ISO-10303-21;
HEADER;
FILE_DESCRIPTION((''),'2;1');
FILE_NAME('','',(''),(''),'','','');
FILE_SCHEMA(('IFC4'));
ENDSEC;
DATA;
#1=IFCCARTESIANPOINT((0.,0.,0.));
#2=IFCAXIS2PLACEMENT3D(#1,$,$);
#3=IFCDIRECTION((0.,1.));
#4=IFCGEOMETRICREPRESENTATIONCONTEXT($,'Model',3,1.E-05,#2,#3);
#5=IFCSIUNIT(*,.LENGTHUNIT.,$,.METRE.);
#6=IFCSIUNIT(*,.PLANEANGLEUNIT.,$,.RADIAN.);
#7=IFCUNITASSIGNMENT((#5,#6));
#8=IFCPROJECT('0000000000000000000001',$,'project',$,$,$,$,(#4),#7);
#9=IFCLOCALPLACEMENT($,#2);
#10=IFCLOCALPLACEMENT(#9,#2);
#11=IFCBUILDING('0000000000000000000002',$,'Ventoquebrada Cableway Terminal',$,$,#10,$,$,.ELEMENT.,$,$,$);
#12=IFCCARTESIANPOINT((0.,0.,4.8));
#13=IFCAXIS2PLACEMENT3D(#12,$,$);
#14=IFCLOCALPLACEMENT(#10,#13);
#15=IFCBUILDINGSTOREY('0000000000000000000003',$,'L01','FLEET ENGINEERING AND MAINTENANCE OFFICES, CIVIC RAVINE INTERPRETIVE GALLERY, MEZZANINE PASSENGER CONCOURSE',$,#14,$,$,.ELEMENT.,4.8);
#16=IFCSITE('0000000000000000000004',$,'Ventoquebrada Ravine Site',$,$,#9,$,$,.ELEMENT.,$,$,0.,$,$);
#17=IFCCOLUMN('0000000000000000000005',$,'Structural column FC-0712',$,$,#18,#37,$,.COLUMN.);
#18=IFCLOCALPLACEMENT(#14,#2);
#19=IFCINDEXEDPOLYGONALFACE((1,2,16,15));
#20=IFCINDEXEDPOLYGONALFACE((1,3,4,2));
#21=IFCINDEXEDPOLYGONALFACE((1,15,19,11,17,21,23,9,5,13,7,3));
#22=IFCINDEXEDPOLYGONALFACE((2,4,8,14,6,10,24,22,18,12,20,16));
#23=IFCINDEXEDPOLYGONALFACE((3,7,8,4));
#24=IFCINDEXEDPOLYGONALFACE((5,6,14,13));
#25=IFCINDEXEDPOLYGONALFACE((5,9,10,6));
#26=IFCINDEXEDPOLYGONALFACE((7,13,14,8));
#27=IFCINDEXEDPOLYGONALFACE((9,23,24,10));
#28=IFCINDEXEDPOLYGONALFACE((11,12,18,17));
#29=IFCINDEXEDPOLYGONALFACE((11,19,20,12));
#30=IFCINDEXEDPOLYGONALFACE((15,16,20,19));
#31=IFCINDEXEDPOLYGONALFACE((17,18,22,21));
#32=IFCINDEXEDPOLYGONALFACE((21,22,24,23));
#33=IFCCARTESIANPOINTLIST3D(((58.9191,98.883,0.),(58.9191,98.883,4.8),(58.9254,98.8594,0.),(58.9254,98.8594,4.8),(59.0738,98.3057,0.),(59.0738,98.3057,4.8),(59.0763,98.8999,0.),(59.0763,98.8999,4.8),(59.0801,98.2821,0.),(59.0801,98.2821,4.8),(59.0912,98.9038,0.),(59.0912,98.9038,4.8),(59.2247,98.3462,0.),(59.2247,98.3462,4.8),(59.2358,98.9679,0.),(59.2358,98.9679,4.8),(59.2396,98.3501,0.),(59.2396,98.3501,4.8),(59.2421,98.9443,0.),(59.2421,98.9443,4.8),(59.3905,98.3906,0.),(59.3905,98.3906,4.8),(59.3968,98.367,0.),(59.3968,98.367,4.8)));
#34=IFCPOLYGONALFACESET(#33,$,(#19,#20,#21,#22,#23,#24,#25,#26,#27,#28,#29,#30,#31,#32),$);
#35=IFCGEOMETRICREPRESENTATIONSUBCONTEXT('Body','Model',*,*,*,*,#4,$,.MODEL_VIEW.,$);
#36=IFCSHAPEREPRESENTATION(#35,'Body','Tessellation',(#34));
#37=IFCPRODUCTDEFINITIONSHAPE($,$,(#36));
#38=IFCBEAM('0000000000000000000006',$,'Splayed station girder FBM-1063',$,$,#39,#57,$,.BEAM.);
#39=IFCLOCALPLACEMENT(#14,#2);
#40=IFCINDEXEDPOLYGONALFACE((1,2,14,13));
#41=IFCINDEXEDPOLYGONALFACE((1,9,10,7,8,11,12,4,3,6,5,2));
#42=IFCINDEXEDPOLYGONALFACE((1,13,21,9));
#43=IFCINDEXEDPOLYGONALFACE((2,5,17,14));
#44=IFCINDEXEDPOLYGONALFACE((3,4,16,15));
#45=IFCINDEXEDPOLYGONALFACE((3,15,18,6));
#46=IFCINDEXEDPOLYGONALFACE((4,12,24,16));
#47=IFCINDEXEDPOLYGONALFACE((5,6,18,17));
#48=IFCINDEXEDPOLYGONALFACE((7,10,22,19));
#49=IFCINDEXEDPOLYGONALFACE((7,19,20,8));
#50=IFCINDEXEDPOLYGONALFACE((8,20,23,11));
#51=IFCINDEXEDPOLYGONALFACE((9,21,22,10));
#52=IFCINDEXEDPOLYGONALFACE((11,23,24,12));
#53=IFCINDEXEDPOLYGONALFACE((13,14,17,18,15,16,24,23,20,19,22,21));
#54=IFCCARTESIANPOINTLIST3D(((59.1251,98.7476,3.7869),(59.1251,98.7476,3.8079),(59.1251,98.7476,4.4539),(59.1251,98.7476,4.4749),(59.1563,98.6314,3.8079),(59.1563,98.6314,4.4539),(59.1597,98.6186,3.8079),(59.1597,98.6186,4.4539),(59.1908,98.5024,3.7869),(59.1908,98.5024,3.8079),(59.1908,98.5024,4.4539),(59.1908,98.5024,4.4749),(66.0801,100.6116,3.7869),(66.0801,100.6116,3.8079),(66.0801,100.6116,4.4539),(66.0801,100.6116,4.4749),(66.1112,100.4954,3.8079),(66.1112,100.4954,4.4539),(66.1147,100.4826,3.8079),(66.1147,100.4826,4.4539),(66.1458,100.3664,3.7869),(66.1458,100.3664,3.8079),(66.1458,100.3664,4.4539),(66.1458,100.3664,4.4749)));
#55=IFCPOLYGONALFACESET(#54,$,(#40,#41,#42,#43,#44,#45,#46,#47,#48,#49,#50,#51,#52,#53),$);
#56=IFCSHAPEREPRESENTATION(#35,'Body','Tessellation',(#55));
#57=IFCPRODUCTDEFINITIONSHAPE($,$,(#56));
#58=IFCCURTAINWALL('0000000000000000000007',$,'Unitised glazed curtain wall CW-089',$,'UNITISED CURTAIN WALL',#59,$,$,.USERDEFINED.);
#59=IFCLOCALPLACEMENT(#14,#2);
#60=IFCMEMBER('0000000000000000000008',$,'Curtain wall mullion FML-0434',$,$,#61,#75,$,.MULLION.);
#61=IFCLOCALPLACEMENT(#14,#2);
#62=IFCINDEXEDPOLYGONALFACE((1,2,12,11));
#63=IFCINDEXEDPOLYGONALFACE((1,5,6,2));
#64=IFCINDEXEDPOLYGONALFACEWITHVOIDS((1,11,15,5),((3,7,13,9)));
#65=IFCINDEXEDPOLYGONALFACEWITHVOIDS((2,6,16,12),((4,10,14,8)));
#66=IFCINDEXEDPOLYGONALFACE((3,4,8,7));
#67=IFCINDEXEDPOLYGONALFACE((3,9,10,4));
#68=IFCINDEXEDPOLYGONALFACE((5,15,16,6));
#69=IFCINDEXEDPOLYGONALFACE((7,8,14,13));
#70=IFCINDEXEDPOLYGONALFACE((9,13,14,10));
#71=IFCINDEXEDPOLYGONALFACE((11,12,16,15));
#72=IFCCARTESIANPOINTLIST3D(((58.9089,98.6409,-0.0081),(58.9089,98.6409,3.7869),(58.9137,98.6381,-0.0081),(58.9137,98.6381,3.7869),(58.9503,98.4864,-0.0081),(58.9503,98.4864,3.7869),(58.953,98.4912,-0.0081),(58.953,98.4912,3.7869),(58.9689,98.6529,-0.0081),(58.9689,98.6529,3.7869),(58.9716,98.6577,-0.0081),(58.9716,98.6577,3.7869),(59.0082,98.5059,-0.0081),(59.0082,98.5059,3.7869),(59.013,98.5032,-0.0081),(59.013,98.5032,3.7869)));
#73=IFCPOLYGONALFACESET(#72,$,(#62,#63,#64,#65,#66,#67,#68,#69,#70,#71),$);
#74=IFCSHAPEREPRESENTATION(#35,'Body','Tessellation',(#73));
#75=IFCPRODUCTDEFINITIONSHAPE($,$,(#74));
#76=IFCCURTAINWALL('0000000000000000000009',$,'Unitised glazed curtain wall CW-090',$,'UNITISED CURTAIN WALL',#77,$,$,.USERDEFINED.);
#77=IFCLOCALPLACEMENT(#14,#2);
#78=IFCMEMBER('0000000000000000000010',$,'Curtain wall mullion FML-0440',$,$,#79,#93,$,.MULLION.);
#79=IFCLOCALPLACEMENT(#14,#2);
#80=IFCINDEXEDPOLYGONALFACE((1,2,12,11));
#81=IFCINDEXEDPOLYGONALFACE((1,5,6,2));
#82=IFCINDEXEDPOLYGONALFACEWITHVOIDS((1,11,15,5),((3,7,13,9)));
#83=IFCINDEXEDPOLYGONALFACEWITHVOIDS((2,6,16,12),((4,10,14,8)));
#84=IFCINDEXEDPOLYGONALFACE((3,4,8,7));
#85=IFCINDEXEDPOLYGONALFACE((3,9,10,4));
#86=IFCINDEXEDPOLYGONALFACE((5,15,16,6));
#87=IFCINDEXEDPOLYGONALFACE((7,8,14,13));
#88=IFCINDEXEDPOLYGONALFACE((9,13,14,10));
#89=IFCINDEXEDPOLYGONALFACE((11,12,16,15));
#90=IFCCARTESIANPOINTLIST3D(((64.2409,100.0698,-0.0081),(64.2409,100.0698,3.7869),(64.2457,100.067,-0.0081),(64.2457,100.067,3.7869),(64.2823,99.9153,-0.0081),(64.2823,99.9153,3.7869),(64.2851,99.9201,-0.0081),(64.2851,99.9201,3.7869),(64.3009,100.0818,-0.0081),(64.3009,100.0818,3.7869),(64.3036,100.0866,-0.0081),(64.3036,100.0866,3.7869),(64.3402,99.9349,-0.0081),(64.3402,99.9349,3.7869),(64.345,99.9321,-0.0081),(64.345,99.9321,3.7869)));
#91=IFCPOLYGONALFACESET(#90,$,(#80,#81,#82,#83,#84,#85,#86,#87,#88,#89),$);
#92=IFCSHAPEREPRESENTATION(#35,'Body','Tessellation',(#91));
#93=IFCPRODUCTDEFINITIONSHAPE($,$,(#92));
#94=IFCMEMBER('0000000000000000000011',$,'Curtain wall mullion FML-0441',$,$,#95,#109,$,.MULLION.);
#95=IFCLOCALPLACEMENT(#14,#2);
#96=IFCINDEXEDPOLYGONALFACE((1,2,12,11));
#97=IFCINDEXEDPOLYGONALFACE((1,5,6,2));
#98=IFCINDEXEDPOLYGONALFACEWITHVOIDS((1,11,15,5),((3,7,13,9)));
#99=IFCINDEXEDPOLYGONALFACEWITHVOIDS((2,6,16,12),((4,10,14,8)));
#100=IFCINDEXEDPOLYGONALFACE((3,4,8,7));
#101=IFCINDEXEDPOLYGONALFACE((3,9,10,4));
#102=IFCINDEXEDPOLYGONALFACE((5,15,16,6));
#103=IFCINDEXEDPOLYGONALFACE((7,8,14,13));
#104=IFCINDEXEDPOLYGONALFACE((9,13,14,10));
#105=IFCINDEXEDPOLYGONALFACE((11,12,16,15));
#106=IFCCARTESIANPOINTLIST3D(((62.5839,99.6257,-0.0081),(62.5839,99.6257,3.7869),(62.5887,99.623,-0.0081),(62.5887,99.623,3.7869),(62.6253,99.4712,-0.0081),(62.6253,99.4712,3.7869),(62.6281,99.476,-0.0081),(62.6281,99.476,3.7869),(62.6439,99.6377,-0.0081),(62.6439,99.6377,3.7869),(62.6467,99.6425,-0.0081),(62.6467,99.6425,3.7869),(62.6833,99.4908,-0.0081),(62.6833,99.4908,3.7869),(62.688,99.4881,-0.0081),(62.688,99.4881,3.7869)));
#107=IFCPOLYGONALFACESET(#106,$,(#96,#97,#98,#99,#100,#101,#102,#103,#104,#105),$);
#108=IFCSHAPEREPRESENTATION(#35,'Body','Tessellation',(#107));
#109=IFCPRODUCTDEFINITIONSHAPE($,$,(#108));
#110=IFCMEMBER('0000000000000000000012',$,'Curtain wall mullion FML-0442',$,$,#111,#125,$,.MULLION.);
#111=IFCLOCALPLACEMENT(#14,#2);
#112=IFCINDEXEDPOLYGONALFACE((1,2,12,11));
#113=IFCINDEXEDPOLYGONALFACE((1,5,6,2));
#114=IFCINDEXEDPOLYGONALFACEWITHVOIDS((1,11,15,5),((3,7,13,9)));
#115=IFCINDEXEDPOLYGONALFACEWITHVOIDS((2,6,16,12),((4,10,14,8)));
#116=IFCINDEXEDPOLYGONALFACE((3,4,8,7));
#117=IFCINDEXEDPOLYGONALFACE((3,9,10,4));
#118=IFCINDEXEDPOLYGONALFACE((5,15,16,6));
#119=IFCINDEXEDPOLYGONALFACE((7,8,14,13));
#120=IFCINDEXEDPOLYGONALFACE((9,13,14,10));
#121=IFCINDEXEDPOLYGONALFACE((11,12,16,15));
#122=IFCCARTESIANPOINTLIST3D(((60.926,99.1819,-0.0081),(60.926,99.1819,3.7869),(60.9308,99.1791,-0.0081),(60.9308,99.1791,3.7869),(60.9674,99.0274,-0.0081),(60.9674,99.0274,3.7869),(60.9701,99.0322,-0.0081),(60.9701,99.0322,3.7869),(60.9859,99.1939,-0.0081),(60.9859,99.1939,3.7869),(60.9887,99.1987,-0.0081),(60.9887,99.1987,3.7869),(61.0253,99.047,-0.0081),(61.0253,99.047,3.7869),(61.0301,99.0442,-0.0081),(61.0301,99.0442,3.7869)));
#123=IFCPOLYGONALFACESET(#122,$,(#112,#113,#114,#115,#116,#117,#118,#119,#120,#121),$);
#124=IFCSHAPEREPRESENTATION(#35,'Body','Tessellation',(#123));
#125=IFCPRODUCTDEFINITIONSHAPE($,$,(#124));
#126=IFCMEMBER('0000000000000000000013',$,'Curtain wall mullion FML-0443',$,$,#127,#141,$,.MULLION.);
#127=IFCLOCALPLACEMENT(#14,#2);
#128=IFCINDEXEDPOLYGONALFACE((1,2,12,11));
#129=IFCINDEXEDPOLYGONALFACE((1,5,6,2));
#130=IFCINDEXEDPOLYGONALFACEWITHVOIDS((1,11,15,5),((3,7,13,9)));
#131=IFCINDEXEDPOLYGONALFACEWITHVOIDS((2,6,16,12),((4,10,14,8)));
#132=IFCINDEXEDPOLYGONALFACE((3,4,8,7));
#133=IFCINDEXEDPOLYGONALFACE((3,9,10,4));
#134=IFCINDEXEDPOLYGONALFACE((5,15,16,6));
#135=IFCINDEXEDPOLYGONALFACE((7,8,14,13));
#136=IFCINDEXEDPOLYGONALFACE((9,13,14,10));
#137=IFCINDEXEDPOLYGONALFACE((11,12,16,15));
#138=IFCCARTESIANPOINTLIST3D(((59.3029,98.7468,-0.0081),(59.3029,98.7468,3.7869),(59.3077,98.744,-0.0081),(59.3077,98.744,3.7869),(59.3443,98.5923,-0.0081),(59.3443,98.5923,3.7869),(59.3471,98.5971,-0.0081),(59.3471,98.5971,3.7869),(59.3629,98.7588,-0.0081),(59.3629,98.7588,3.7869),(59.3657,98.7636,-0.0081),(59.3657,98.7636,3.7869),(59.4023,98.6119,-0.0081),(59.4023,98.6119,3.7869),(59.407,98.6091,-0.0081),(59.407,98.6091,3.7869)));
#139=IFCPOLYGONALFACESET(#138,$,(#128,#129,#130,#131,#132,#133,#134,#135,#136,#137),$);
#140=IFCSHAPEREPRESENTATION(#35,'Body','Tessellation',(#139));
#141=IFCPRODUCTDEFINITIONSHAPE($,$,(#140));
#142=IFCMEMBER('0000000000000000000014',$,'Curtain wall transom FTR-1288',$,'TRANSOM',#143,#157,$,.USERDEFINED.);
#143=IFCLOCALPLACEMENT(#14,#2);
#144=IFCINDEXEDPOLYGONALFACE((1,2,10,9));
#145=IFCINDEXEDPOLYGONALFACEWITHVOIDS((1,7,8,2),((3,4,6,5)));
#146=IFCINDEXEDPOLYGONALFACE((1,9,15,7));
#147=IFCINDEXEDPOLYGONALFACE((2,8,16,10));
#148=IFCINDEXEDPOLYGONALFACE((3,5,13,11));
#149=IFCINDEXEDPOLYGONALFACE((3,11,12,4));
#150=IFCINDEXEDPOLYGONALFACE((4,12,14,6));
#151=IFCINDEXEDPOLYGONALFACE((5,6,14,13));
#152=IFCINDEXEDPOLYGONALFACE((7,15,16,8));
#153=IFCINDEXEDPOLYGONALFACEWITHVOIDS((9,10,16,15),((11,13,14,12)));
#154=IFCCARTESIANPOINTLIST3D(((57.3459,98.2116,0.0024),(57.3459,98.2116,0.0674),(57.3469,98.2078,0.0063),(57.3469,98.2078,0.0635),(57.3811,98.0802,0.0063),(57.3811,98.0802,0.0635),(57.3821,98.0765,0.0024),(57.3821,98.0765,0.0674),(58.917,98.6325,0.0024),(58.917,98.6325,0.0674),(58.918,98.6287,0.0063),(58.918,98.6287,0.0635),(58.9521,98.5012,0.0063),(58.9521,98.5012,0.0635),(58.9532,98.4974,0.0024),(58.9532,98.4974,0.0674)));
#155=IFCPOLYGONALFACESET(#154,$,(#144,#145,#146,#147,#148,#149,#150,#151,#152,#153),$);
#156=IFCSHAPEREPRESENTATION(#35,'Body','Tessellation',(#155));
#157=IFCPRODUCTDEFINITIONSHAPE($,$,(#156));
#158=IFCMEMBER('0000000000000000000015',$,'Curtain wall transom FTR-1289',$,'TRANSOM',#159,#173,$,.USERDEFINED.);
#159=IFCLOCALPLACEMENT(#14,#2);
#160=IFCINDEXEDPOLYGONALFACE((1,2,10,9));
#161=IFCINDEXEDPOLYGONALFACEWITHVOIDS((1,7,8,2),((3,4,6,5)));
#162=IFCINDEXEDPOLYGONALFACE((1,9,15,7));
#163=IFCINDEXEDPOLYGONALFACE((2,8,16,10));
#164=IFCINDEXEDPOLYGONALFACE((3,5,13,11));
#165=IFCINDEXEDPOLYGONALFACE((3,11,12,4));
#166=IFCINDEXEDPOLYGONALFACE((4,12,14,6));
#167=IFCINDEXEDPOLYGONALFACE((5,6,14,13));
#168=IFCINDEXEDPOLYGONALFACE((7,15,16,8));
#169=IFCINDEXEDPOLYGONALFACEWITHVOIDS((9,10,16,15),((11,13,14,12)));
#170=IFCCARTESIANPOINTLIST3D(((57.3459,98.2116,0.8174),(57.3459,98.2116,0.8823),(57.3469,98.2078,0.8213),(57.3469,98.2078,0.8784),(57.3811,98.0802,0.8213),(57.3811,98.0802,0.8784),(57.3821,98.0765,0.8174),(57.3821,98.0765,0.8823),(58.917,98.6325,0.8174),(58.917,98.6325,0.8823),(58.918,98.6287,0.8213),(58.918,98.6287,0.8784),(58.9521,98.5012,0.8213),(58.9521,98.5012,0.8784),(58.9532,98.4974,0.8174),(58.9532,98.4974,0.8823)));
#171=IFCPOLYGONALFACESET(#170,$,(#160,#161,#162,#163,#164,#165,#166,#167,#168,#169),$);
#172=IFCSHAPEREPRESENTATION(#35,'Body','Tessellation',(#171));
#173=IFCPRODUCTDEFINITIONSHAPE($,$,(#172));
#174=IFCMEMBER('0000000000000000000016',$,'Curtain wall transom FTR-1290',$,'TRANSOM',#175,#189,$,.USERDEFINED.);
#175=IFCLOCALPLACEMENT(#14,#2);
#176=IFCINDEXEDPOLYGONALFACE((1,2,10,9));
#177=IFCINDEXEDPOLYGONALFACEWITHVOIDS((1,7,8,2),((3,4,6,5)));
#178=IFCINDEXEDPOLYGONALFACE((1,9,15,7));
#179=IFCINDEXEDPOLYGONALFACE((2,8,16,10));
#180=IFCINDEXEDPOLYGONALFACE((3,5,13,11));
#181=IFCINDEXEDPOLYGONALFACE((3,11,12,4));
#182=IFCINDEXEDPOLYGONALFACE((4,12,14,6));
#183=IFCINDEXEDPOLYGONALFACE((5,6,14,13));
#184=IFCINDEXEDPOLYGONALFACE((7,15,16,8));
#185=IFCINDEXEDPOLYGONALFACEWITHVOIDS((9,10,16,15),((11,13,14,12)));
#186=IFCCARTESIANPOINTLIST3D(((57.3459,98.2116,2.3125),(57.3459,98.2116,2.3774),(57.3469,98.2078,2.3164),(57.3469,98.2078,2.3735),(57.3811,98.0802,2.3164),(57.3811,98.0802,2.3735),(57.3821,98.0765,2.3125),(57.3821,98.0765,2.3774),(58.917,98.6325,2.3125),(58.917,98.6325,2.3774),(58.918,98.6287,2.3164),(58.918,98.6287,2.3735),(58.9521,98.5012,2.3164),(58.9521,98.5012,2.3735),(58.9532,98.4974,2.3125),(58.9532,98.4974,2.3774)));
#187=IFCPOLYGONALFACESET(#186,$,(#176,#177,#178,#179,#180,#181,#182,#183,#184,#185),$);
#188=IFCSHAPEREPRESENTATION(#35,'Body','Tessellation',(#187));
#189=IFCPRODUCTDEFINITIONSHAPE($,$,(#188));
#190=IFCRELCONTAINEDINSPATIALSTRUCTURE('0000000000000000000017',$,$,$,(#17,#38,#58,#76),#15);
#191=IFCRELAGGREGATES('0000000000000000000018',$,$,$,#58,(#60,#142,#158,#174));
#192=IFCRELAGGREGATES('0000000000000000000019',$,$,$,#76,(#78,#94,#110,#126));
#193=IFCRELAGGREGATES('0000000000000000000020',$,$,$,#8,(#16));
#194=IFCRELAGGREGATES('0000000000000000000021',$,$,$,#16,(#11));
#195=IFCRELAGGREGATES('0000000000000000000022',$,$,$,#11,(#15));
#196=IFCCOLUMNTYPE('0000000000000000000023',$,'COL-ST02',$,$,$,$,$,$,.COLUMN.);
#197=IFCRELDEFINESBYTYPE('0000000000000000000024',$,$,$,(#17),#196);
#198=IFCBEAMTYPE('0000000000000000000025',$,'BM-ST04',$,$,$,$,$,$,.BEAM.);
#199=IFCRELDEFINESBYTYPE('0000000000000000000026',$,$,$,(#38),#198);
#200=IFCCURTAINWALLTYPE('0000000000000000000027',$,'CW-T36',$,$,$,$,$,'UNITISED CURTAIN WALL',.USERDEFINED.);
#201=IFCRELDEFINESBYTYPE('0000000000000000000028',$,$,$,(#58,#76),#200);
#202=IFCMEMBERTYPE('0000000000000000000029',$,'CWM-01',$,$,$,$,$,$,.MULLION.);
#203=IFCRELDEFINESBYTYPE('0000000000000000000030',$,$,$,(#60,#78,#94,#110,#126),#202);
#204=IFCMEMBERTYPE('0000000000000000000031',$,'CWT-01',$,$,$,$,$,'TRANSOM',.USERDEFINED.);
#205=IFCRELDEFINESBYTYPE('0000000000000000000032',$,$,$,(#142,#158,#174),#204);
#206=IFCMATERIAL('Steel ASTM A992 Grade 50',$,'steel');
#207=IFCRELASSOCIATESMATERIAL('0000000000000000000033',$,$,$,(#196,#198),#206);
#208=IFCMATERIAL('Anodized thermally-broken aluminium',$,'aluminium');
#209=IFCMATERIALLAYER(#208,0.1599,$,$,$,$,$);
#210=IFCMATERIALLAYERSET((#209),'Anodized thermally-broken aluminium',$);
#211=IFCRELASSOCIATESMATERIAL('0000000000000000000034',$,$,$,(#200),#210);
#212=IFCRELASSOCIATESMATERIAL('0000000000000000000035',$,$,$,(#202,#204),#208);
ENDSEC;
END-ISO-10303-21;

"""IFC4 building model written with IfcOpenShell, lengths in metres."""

from ifc_helpers import new_model, si_unit, direction, frame, origin, origin_2d, place, context, subcontext, project, spatial, hollow_rectangle, i_section, extrude, material, layer, layer_set, material_profile, profile_set, type_object, element, aggregate, save


model = new_model("IFC4")

# Units and contexts
model_context = context("Model", 3, precision=1e-05, world=origin(), true_north=direction((0.0, 1.0)))
body_context = subcontext(model_context, "Body", "Model", "MODEL_VIEW")
ifc_project = project(units=[si_unit("LENGTHUNIT", "METRE"), si_unit("PLANEANGLEUNIT", "RADIAN")], contexts=[model_context])

# Site, building, storey
site_placement = place(None, origin())
site = spatial("IfcSite", under=ifc_project, at=site_placement, Name="Ventoquebrada Ravine Site", CompositionType="ELEMENT", RefElevation=0.0)
building_placement = place(site_placement, origin())
building = spatial("IfcBuilding", under=site, at=building_placement, Name="Ventoquebrada Cableway Terminal", CompositionType="ELEMENT")
storey_placement = place(building_placement, frame((0.0, 0.0, 4.8)))
storey = spatial("IfcBuildingStorey", under=building, at=storey_placement, Name="L01", Description="FLEET ENGINEERING AND MAINTENANCE OFFICES, CIVIC RAVINE INTERPRETIVE GALLERY, MEZZANINE PASSENGER CONCOURSE", CompositionType="ELEMENT", Elevation=4.8)

# Column
ifc_material_1 = material(Name="Steel ASTM A992 Grade 50", Category="steel")
ifc_material_profile_1 = material_profile(ifc_material_1, i_section(OverallWidth=0.3279, OverallDepth=0.6221, WebThickness=0.0154, FlangeThickness=0.0244, at=origin_2d()), Name="W24X131")
ifc_profile_set_1 = profile_set([ifc_material_profile_1], Name="Steel ASTM A992 Grade 50")
column_type = type_object("IfcColumnType", Name="COL-ST02", PredefinedType="COLUMN", material=ifc_profile_set_1)
column_placement = place(storey_placement, frame((59.158, 98.625, 0.0), z_axis=(0.0, 0.0, 1.0), x_axis=(0.965926, 0.258819, 0.0)))
element("IfcColumn", 1, at=column_placement, inside=storey, type_object=column_type, Name="Structural column FC-0712", PredefinedType="COLUMN", context=body_context, shape_type="SweptSolid", body=[
    extrude(i_section(OverallWidth=0.3279, OverallDepth=0.6221, WebThickness=0.0154, FlangeThickness=0.0244, at=origin_2d()), origin(), (0.0, 0.0, 1.0), 4.8),
])

# Beam
ifc_material_profile_2 = material_profile(ifc_material_1, i_section(OverallWidth=0.2539, OverallDepth=0.688, WebThickness=0.0132, FlangeThickness=0.021, at=origin_2d()), Name="W27X102")
ifc_profile_set_2 = profile_set([ifc_material_profile_2], Name="Steel ASTM A992 Grade 50")
beam_type = type_object("IfcBeamType", Name="BM-ST04", PredefinedType="BEAM", material=ifc_profile_set_2)
beam_placement = place(storey_placement, frame((59.158, 98.625, 4.1309), z_axis=(0.965912, 0.258872, 0.0), x_axis=(-0.258872, 0.965912, 0.0)))
element("IfcBeam", 2, at=beam_placement, inside=storey, type_object=beam_type, Name="Splayed station girder FBM-1063", PredefinedType="BEAM", context=body_context, shape_type="SweptSolid", body=[
    extrude(i_section(OverallWidth=0.2539, OverallDepth=0.688, WebThickness=0.0132, FlangeThickness=0.021, at=origin_2d()), origin(), (0.0, 0.0, 1.0), 7.2004),
])

# Curtain wall, member
ifc_material_2 = material(Name="Anodized thermally-broken aluminium", Category="aluminium")
ifc_layer_1 = layer(ifc_material_2, 0.1599)
ifc_layer_set_1 = layer_set([ifc_layer_1], Name="Anodized thermally-broken aluminium")
curtain_wall_type = type_object("IfcCurtainWallType", Name="CW-T36", ElementType="UNITISED CURTAIN WALL", PredefinedType="USERDEFINED", material=ifc_layer_set_1)
curtain_wall_1_placement = place(storey_placement, origin())
curtain_wall_1 = element("IfcCurtainWall", 3, at=curtain_wall_1_placement, inside=storey, type_object=curtain_wall_type, Name="Unitised glazed curtain wall CW-089", ObjectType="UNITISED CURTAIN WALL", PredefinedType="USERDEFINED")
ifc_material_profile_3 = material_profile(ifc_material_2, hollow_rectangle(XDim=0.0649, YDim=0.1599, WallThickness=0.0039, at=origin_2d()), Name="CW-MUL-65X160")
ifc_profile_set_3 = profile_set([ifc_material_profile_3], Name="Anodized thermally-broken aluminium")
member_type_1 = type_object("IfcMemberType", Name="CWM-01", PredefinedType="MULLION", material=ifc_profile_set_3)
member_1_placement = place(storey_placement, frame((58.9609, 98.572, -0.0081), z_axis=(0.0, 0.0, 1.0), x_axis=(-0.965971, -0.25865, 0.0)))
member_1 = element("IfcMember", 4, at=member_1_placement, type_object=member_type_1, Name="Curtain wall mullion FML-0434", PredefinedType="MULLION", context=body_context, shape_type="SweptSolid", body=[
    extrude(hollow_rectangle(XDim=0.0649, YDim=0.1599, WallThickness=0.0039, at=origin_2d()), origin(), (0.0, 0.0, 1.0), 3.7949),
])

# Curtain wall, members
curtain_wall_2_placement = place(storey_placement, origin())
curtain_wall_2 = element("IfcCurtainWall", 5, at=curtain_wall_2_placement, inside=storey, type_object=curtain_wall_type, Name="Unitised glazed curtain wall CW-090", ObjectType="UNITISED CURTAIN WALL", PredefinedType="USERDEFINED")
member_2_placement = place(storey_placement, frame((64.293, 100.001, -0.0081), z_axis=(0.0, 0.0, 1.0), x_axis=(-0.965935, -0.258785, 0.0)))
member_2 = element("IfcMember", 6, at=member_2_placement, type_object=member_type_1, Name="Curtain wall mullion FML-0440", PredefinedType="MULLION", context=body_context, shape_type="SweptSolid", body=[
    extrude(hollow_rectangle(XDim=0.0649, YDim=0.1599, WallThickness=0.0039, at=origin_2d()), origin(), (0.0, 0.0, 1.0), 3.7949),
])
member_3_placement = place(storey_placement, frame((62.636, 99.5569, -0.0081), z_axis=(0.0, 0.0, 1.0), x_axis=(-0.965935, -0.258785, 0.0)))
member_3 = element("IfcMember", 7, at=member_3_placement, type_object=member_type_1, Name="Curtain wall mullion FML-0441", PredefinedType="MULLION", context=body_context, shape_type="SweptSolid", body=[
    extrude(hollow_rectangle(XDim=0.0649, YDim=0.1599, WallThickness=0.0039, at=origin_2d()), origin(), (0.0, 0.0, 1.0), 3.7949),
])
member_4_placement = place(storey_placement, frame((60.978, 99.113, -0.0081), z_axis=(0.0, 0.0, 1.0), x_axis=(-0.965935, -0.258785, 0.0)))
member_4 = element("IfcMember", 8, at=member_4_placement, type_object=member_type_1, Name="Curtain wall mullion FML-0442", PredefinedType="MULLION", context=body_context, shape_type="SweptSolid", body=[
    extrude(hollow_rectangle(XDim=0.0649, YDim=0.1599, WallThickness=0.0039, at=origin_2d()), origin(), (0.0, 0.0, 1.0), 3.7949),
])
member_5_placement = place(storey_placement, frame((59.355, 98.678, -0.0081), z_axis=(0.0, 0.0, 1.0), x_axis=(-0.965935, -0.258785, 0.0)))
member_5 = element("IfcMember", 9, at=member_5_placement, type_object=member_type_1, Name="Curtain wall mullion FML-0443", PredefinedType="MULLION", context=body_context, shape_type="SweptSolid", body=[
    extrude(hollow_rectangle(XDim=0.0649, YDim=0.1599, WallThickness=0.0039, at=origin_2d()), origin(), (0.0, 0.0, 1.0), 3.7949),
])

# Members
ifc_material_profile_4 = material_profile(ifc_material_2, hollow_rectangle(XDim=0.0649, YDim=0.1399, WallThickness=0.0039, at=origin_2d()), Name="CW-TRN-65X140")
ifc_profile_set_4 = profile_set([ifc_material_profile_4], Name="Anodized thermally-broken aluminium")
member_type_2 = type_object("IfcMemberType", Name="CWT-01", ElementType="TRANSOM", PredefinedType="USERDEFINED", material=ifc_profile_set_4)
member_6_placement = place(storey_placement, frame((58.9351, 98.5649, 0.0349), z_axis=(-0.965935, -0.258784, 0.0), x_axis=(0.0, 0.0, 1.0)))
member_6 = element("IfcMember", 10, at=member_6_placement, type_object=member_type_2, Name="Curtain wall transom FTR-1288", ObjectType="TRANSOM", PredefinedType="USERDEFINED", context=body_context, shape_type="SweptSolid", body=[
    extrude(hollow_rectangle(XDim=0.0649, YDim=0.1399, WallThickness=0.0039, at=origin_2d()), origin(), (0.0, 0.0, 1.0), 1.6265),
])
member_7_placement = place(storey_placement, frame((58.9351, 98.5649, 0.8499), z_axis=(-0.965935, -0.258784, 0.0), x_axis=(0.0, 0.0, 1.0)))
member_7 = element("IfcMember", 11, at=member_7_placement, type_object=member_type_2, Name="Curtain wall transom FTR-1289", ObjectType="TRANSOM", PredefinedType="USERDEFINED", context=body_context, shape_type="SweptSolid", body=[
    extrude(hollow_rectangle(XDim=0.0649, YDim=0.1399, WallThickness=0.0039, at=origin_2d()), origin(), (0.0, 0.0, 1.0), 1.6265),
])
member_8_placement = place(storey_placement, frame((58.9351, 98.5649, 2.345), z_axis=(-0.965935, -0.258784, 0.0), x_axis=(0.0, 0.0, 1.0)))
member_8 = element("IfcMember", 12, at=member_8_placement, type_object=member_type_2, Name="Curtain wall transom FTR-1290", ObjectType="TRANSOM", PredefinedType="USERDEFINED", context=body_context, shape_type="SweptSolid", body=[
    extrude(hollow_rectangle(XDim=0.0649, YDim=0.1399, WallThickness=0.0039, at=origin_2d()), origin(), (0.0, 0.0, 1.0), 1.6265),
])

aggregate(curtain_wall_1, [member_1, member_6, member_7, member_8])
aggregate(curtain_wall_2, [member_2, member_3, member_4, member_5])

save(model, "model.ifc")
